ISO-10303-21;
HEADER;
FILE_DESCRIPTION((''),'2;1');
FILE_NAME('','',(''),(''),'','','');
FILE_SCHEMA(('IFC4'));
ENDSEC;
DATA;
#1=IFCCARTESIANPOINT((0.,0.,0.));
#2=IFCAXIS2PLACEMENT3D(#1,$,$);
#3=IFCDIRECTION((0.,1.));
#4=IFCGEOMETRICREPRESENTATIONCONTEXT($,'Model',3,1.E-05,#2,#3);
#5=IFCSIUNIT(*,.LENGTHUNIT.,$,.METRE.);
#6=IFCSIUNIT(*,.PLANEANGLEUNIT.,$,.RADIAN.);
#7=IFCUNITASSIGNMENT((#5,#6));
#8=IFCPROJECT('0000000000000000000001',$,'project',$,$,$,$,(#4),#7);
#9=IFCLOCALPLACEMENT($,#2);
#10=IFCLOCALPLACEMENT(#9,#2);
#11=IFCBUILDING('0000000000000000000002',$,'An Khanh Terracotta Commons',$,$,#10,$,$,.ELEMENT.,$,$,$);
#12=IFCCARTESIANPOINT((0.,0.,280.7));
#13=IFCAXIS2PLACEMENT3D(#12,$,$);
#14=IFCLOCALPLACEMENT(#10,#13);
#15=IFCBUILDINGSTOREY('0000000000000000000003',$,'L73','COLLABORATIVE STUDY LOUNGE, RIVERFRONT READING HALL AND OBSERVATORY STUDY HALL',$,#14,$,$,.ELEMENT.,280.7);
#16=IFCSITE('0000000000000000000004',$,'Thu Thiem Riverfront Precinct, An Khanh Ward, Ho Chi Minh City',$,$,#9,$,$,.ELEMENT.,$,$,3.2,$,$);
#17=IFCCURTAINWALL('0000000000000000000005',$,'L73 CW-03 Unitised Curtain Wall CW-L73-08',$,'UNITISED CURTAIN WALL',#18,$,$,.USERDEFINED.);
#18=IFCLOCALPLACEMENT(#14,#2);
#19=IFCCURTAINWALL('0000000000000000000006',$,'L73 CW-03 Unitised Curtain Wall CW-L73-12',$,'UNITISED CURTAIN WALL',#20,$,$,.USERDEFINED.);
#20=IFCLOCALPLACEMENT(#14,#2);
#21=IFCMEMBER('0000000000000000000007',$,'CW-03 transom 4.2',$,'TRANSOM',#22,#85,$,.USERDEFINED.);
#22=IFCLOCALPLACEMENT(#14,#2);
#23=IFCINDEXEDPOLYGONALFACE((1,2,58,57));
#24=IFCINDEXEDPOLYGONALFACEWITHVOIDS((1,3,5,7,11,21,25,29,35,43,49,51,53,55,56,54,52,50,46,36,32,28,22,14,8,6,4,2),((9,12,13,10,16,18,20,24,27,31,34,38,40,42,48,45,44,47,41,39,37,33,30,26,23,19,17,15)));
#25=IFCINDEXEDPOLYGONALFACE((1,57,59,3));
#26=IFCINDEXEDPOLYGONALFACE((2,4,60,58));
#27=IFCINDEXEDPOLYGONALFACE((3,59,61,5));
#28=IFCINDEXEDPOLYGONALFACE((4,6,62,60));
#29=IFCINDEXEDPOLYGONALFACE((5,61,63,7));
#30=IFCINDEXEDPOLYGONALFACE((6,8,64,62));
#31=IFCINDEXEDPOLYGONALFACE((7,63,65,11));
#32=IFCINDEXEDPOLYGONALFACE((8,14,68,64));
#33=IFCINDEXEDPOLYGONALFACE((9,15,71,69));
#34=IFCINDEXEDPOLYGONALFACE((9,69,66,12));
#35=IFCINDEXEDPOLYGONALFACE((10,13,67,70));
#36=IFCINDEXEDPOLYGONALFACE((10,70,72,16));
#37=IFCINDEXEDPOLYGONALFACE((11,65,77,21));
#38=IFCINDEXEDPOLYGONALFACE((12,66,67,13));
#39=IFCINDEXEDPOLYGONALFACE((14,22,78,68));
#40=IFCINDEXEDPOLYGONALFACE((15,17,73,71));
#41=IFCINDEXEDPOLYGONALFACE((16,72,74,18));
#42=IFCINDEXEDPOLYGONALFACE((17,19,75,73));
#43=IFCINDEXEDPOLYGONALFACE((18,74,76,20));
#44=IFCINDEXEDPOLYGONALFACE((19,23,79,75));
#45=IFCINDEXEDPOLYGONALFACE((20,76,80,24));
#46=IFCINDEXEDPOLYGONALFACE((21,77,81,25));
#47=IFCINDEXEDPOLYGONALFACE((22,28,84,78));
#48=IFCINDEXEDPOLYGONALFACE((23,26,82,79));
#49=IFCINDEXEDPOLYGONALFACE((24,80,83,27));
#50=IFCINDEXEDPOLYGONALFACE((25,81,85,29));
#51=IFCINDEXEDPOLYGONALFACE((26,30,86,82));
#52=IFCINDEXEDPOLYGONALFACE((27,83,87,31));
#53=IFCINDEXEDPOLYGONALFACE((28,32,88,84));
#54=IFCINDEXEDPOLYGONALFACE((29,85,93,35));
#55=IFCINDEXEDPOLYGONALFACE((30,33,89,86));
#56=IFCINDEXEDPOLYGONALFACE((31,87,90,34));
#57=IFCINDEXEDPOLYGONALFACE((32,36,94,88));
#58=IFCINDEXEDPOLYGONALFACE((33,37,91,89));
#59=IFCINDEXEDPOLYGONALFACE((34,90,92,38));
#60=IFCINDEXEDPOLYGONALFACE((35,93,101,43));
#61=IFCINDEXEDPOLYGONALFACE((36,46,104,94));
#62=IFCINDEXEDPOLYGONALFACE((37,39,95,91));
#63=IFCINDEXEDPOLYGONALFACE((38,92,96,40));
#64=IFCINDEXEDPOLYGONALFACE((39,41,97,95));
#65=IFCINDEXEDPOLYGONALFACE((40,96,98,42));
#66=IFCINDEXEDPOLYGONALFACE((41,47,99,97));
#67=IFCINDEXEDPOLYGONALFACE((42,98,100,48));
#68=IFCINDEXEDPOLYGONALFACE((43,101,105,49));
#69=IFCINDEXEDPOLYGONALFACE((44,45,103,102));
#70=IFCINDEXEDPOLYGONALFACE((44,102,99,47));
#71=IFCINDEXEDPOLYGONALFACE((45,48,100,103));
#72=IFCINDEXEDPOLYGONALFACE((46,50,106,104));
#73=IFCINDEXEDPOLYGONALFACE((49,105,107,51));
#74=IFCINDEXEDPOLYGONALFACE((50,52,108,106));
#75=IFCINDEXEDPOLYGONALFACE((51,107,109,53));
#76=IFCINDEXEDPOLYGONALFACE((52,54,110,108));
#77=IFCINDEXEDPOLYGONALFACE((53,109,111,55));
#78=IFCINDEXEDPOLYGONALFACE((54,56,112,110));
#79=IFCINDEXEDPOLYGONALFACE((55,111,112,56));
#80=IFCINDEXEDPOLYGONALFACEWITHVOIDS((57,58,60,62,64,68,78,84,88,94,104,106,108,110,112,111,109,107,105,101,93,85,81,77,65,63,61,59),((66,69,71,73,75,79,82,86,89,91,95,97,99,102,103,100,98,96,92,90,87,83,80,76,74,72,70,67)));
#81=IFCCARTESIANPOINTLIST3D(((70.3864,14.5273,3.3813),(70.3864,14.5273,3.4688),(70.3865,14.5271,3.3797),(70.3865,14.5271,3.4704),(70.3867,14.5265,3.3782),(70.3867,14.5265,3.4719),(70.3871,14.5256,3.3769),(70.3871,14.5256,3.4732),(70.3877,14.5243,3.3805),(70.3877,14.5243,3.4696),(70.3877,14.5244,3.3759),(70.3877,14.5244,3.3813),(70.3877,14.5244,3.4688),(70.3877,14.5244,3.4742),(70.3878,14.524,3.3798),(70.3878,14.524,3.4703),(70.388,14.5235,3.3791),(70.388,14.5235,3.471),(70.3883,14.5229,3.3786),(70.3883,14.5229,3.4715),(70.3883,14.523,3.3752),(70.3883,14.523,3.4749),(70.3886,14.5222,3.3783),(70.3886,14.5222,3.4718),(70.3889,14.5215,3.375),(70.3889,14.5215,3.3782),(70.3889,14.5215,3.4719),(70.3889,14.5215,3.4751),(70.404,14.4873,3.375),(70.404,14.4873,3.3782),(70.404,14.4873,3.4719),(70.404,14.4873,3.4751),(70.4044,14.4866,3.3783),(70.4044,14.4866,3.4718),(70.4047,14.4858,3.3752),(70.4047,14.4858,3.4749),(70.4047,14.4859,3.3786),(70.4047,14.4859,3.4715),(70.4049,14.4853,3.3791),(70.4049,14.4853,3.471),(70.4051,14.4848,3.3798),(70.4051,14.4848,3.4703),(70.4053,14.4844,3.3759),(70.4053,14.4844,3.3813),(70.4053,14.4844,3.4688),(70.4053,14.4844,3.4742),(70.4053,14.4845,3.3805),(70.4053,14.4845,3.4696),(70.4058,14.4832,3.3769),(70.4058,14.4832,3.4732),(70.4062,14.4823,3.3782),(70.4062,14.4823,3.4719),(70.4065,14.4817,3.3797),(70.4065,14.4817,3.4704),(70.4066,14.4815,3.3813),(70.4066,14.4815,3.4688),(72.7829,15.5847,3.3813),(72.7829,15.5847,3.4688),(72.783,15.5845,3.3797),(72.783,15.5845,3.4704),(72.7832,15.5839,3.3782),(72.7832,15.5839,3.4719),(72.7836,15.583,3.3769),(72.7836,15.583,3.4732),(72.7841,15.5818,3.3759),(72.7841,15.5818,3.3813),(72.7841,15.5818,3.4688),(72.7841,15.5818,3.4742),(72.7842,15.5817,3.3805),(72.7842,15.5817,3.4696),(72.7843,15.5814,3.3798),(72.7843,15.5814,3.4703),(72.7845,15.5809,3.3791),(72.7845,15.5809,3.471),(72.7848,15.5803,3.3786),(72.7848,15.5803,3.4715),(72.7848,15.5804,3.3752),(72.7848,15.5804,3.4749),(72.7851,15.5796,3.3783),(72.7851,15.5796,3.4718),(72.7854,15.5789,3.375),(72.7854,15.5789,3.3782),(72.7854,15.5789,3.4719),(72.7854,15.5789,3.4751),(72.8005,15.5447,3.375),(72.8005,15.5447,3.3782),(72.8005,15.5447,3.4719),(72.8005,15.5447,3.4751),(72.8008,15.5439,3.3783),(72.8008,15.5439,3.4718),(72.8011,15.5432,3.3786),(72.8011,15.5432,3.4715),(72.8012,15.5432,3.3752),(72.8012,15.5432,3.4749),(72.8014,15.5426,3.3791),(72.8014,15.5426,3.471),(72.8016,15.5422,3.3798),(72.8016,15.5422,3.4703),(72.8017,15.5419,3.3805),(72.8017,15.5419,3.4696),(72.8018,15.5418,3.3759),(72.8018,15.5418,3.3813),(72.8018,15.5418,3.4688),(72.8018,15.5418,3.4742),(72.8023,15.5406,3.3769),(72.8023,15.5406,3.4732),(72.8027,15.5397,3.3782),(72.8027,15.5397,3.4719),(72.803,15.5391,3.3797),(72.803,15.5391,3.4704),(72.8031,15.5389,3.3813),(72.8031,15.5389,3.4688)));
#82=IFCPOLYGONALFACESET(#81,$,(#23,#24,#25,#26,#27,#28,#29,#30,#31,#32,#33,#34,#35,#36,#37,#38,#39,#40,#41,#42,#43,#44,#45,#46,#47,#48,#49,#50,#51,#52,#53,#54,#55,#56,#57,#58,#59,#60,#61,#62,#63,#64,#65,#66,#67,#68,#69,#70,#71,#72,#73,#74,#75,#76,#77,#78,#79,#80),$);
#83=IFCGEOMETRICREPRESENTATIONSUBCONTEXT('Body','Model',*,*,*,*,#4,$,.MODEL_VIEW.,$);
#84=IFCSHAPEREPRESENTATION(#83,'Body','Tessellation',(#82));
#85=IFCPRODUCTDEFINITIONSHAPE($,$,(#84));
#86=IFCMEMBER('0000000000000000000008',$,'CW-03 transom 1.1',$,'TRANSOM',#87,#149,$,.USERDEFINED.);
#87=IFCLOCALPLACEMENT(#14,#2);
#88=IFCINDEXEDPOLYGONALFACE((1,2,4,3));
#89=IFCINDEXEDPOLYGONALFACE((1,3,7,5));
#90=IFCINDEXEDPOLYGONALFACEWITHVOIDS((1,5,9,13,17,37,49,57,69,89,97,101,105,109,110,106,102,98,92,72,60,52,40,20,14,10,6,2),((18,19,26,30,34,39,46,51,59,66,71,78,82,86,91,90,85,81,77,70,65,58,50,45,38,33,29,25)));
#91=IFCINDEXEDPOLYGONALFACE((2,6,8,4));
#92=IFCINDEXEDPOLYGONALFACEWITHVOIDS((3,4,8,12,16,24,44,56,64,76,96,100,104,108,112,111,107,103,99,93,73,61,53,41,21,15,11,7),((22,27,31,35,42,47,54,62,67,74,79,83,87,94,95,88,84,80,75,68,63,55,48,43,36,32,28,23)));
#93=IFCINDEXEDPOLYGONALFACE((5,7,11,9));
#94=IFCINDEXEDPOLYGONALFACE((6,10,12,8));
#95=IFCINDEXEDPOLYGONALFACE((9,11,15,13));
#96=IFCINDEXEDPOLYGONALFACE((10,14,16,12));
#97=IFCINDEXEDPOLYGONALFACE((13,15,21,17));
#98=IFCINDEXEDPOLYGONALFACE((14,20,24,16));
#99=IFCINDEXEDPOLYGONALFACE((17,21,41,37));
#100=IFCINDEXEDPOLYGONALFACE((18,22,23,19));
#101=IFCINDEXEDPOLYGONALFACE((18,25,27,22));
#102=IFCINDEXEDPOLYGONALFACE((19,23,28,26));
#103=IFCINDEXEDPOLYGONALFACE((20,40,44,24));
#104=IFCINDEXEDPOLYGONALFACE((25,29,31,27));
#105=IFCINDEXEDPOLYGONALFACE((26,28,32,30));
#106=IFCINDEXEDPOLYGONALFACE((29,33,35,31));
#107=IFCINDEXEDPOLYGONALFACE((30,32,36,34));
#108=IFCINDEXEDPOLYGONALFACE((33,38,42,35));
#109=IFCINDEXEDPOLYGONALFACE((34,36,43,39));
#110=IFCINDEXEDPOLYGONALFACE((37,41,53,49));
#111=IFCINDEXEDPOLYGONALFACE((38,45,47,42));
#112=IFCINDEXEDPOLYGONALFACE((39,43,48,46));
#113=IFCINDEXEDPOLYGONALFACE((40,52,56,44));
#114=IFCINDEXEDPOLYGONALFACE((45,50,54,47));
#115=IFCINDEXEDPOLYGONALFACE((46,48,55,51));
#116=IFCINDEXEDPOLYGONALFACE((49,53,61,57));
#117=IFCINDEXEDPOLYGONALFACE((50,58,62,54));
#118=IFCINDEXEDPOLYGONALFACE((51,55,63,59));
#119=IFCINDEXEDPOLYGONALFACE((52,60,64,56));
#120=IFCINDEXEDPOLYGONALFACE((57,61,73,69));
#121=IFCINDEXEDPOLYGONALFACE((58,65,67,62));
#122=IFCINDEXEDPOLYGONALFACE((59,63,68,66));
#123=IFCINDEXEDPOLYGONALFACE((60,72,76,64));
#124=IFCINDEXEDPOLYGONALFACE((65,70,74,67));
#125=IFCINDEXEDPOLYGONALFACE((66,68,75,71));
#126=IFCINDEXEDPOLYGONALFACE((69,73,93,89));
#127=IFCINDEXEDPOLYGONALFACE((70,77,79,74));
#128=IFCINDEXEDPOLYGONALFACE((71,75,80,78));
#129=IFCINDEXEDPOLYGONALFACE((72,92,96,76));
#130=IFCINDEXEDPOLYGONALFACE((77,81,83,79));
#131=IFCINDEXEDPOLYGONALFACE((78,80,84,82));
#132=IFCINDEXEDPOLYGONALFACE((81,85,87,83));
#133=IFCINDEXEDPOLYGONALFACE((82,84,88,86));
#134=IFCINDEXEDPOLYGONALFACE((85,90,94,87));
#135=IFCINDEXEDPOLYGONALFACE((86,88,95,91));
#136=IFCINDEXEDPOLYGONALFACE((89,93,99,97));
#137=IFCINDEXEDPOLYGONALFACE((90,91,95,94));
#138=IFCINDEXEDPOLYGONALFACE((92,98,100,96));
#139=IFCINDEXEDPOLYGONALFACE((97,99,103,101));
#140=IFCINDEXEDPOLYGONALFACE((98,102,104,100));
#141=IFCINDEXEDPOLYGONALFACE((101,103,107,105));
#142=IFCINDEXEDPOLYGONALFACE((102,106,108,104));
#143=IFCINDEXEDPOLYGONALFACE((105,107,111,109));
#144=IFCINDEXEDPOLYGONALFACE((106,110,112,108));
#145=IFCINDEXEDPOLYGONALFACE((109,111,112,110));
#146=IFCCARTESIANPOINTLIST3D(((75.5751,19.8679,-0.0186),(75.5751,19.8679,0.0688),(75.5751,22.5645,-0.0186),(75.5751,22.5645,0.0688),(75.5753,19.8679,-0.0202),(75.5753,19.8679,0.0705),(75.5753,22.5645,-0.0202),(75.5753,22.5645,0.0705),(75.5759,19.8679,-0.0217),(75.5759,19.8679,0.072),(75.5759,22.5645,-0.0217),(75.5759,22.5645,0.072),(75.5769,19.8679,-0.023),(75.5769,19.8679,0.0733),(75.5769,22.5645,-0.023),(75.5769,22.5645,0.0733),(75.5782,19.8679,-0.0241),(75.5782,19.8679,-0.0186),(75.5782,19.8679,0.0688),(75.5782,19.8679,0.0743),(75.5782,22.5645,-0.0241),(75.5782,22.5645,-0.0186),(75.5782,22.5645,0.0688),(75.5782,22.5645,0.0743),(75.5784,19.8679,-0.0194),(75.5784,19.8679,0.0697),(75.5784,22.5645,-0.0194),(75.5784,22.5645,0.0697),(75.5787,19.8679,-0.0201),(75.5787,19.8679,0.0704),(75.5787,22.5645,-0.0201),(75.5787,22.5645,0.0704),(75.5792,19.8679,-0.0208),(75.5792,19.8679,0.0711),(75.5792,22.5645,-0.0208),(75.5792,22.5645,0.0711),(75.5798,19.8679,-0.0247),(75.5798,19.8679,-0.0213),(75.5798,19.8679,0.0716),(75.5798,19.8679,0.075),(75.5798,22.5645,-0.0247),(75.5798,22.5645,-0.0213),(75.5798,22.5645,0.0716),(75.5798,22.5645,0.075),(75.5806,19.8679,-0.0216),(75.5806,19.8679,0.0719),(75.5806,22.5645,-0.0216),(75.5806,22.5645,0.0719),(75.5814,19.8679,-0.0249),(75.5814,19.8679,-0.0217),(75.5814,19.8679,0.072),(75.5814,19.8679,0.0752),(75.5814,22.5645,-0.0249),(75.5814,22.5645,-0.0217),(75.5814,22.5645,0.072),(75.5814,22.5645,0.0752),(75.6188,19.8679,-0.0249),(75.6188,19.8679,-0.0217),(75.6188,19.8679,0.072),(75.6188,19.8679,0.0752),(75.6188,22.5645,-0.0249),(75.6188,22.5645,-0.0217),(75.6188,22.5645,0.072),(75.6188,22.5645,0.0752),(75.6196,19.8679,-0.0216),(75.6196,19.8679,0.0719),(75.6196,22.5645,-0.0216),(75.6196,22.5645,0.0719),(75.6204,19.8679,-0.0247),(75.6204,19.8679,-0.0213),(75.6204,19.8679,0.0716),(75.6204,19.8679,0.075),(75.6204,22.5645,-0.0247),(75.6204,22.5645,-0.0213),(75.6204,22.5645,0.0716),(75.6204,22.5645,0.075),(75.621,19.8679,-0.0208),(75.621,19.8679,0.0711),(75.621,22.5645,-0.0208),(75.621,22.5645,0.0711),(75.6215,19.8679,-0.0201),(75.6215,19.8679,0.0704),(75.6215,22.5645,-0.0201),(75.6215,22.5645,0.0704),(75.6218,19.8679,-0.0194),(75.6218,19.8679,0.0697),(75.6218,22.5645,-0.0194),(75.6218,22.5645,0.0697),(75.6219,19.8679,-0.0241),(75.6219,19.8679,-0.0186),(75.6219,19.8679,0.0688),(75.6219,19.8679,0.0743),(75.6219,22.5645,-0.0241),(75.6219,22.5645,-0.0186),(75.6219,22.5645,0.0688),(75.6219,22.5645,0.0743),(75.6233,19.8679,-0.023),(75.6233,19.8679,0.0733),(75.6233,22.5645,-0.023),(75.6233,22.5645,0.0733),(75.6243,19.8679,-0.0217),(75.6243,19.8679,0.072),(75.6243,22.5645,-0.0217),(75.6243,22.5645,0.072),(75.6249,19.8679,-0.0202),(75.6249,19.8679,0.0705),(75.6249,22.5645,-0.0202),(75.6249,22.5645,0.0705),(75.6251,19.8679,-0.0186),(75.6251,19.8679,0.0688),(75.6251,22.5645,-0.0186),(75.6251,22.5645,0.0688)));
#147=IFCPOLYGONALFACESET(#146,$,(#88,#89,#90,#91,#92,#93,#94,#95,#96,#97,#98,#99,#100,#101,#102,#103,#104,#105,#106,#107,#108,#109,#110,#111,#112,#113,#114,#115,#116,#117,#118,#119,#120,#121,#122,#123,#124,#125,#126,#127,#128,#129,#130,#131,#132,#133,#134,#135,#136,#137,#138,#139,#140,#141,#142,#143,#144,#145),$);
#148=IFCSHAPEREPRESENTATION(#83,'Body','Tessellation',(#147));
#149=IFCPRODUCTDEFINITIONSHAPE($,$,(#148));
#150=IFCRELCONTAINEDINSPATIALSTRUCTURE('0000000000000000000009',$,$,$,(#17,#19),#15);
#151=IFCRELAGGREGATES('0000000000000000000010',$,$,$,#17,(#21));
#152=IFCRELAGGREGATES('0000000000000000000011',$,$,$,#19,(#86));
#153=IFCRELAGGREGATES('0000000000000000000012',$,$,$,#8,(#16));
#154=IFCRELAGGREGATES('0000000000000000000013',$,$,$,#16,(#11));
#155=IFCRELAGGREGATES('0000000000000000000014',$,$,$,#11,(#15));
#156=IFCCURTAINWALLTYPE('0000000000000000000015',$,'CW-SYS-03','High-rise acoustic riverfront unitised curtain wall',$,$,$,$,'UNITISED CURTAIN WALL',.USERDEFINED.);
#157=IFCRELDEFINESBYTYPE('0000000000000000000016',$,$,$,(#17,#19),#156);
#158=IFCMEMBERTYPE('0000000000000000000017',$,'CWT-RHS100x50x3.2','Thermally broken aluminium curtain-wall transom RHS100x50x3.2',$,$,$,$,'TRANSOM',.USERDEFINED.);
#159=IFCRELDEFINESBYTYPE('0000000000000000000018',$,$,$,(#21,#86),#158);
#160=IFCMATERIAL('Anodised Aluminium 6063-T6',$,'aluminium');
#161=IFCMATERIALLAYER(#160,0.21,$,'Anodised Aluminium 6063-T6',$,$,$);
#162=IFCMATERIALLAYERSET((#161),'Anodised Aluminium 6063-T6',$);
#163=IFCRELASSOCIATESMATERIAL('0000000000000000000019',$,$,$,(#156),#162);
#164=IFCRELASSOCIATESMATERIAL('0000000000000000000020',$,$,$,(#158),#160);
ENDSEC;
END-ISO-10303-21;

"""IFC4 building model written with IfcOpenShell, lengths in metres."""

from ifc_helpers import new_model, si_unit, direction, frame, origin, origin_2d, place, context, subcontext, project, spatial, hollow_rectangle, extrude, material, layer, layer_set, material_profile, profile_set, type_object, element, aggregate, save


model = new_model("IFC4")

# Units and contexts
model_context = context("Model", 3, precision=1e-05, world=origin(), true_north=direction((0.0, 1.0)))
body_context = subcontext(model_context, "Body", "Model", "MODEL_VIEW")
ifc_project = project(units=[si_unit("LENGTHUNIT", "METRE"), si_unit("PLANEANGLEUNIT", "RADIAN")], contexts=[model_context])

# Site, building, storey
site_placement = place(None, origin())
site = spatial("IfcSite", under=ifc_project, at=site_placement, Name="Thu Thiem Riverfront Precinct, An Khanh Ward, Ho Chi Minh City", CompositionType="ELEMENT", RefElevation=3.2)
building_placement = place(site_placement, origin())
building = spatial("IfcBuilding", under=site, at=building_placement, Name="An Khanh Terracotta Commons", CompositionType="ELEMENT")
storey_placement = place(building_placement, frame((0.0, 0.0, 280.7)))
storey = spatial("IfcBuildingStorey", under=building, at=storey_placement, Name="L73", Description="COLLABORATIVE STUDY LOUNGE, RIVERFRONT READING HALL AND OBSERVATORY STUDY HALL", CompositionType="ELEMENT", Elevation=280.7)

# Curtain walls
ifc_material_1 = material(Name="Anodised Aluminium 6063-T6", Category="aluminium")
ifc_layer_1 = layer(ifc_material_1, 0.21, Name="Anodised Aluminium 6063-T6")
ifc_layer_set_1 = layer_set([ifc_layer_1], Name="Anodised Aluminium 6063-T6")
curtain_wall_type = type_object("IfcCurtainWallType", Name="CW-SYS-03", Description="High-rise acoustic riverfront unitised curtain wall", ElementType="UNITISED CURTAIN WALL", PredefinedType="USERDEFINED", material=ifc_layer_set_1)
curtain_wall_1_placement = place(storey_placement, origin())
curtain_wall_1 = element("IfcCurtainWall", 1, at=curtain_wall_1_placement, inside=storey, type_object=curtain_wall_type, Name="L73 CW-03 Unitised Curtain Wall CW-L73-08", ObjectType="UNITISED CURTAIN WALL", PredefinedType="USERDEFINED")
curtain_wall_2_placement = place(storey_placement, origin())
curtain_wall_2 = element("IfcCurtainWall", 2, at=curtain_wall_2_placement, inside=storey, type_object=curtain_wall_type, Name="L73 CW-03 Unitised Curtain Wall CW-L73-12", ObjectType="UNITISED CURTAIN WALL", PredefinedType="USERDEFINED")

# Members
ifc_material_profile_1 = material_profile(ifc_material_1, hollow_rectangle(XDim=0.05, YDim=0.1001, WallThickness=0.0032, InnerFilletRadius=0.0032, OuterFilletRadius=0.0063, at=origin_2d()), Name="RHS100x50x3.2")
ifc_profile_set_1 = profile_set([ifc_material_profile_1], Name="Anodised Aluminium 6063-T6")
member_type_1 = type_object("IfcMemberType", Name="CWT-RHS100x50x3.2", Description="Thermally broken aluminium curtain-wall transom RHS100x50x3.2", ElementType="TRANSOM", PredefinedType="USERDEFINED", material=ifc_profile_set_1)
member_1_placement = place(storey_placement, frame((70.3965, 14.5044, 3.425), z_axis=(0.914904, 0.403672, 0.0), x_axis=(-0.403672, 0.914904, 0.0)))
member_1 = element("IfcMember", 3, at=member_1_placement, type_object=member_type_1, Name="CW-03 transom 4.2", ObjectType="TRANSOM", PredefinedType="USERDEFINED", context=body_context, shape_type="SweptSolid", body=[
    extrude(hollow_rectangle(XDim=0.05, YDim=0.1001, WallThickness=0.0032, InnerFilletRadius=0.0032, OuterFilletRadius=0.0063, at=origin_2d()), origin(), (0.0, 0.0, 1.0), 2.6194),
])
member_2_placement = place(storey_placement, frame((75.6001, 19.8679, 0.0251), z_axis=(0.0, 1.0, 0.0), x_axis=(-1.0, 0.0, 0.0)))
member_2 = element("IfcMember", 4, at=member_2_placement, type_object=member_type_1, Name="CW-03 transom 1.1", ObjectType="TRANSOM", PredefinedType="USERDEFINED", context=body_context, shape_type="SweptSolid", body=[
    extrude(hollow_rectangle(XDim=0.05, YDim=0.1001, WallThickness=0.0032, InnerFilletRadius=0.0032, OuterFilletRadius=0.0063, at=origin_2d()), origin(), (0.0, 0.0, 1.0), 2.6965),
])

aggregate(curtain_wall_1, [member_1])
aggregate(curtain_wall_2, [member_2])

save(model, "model.ifc")
